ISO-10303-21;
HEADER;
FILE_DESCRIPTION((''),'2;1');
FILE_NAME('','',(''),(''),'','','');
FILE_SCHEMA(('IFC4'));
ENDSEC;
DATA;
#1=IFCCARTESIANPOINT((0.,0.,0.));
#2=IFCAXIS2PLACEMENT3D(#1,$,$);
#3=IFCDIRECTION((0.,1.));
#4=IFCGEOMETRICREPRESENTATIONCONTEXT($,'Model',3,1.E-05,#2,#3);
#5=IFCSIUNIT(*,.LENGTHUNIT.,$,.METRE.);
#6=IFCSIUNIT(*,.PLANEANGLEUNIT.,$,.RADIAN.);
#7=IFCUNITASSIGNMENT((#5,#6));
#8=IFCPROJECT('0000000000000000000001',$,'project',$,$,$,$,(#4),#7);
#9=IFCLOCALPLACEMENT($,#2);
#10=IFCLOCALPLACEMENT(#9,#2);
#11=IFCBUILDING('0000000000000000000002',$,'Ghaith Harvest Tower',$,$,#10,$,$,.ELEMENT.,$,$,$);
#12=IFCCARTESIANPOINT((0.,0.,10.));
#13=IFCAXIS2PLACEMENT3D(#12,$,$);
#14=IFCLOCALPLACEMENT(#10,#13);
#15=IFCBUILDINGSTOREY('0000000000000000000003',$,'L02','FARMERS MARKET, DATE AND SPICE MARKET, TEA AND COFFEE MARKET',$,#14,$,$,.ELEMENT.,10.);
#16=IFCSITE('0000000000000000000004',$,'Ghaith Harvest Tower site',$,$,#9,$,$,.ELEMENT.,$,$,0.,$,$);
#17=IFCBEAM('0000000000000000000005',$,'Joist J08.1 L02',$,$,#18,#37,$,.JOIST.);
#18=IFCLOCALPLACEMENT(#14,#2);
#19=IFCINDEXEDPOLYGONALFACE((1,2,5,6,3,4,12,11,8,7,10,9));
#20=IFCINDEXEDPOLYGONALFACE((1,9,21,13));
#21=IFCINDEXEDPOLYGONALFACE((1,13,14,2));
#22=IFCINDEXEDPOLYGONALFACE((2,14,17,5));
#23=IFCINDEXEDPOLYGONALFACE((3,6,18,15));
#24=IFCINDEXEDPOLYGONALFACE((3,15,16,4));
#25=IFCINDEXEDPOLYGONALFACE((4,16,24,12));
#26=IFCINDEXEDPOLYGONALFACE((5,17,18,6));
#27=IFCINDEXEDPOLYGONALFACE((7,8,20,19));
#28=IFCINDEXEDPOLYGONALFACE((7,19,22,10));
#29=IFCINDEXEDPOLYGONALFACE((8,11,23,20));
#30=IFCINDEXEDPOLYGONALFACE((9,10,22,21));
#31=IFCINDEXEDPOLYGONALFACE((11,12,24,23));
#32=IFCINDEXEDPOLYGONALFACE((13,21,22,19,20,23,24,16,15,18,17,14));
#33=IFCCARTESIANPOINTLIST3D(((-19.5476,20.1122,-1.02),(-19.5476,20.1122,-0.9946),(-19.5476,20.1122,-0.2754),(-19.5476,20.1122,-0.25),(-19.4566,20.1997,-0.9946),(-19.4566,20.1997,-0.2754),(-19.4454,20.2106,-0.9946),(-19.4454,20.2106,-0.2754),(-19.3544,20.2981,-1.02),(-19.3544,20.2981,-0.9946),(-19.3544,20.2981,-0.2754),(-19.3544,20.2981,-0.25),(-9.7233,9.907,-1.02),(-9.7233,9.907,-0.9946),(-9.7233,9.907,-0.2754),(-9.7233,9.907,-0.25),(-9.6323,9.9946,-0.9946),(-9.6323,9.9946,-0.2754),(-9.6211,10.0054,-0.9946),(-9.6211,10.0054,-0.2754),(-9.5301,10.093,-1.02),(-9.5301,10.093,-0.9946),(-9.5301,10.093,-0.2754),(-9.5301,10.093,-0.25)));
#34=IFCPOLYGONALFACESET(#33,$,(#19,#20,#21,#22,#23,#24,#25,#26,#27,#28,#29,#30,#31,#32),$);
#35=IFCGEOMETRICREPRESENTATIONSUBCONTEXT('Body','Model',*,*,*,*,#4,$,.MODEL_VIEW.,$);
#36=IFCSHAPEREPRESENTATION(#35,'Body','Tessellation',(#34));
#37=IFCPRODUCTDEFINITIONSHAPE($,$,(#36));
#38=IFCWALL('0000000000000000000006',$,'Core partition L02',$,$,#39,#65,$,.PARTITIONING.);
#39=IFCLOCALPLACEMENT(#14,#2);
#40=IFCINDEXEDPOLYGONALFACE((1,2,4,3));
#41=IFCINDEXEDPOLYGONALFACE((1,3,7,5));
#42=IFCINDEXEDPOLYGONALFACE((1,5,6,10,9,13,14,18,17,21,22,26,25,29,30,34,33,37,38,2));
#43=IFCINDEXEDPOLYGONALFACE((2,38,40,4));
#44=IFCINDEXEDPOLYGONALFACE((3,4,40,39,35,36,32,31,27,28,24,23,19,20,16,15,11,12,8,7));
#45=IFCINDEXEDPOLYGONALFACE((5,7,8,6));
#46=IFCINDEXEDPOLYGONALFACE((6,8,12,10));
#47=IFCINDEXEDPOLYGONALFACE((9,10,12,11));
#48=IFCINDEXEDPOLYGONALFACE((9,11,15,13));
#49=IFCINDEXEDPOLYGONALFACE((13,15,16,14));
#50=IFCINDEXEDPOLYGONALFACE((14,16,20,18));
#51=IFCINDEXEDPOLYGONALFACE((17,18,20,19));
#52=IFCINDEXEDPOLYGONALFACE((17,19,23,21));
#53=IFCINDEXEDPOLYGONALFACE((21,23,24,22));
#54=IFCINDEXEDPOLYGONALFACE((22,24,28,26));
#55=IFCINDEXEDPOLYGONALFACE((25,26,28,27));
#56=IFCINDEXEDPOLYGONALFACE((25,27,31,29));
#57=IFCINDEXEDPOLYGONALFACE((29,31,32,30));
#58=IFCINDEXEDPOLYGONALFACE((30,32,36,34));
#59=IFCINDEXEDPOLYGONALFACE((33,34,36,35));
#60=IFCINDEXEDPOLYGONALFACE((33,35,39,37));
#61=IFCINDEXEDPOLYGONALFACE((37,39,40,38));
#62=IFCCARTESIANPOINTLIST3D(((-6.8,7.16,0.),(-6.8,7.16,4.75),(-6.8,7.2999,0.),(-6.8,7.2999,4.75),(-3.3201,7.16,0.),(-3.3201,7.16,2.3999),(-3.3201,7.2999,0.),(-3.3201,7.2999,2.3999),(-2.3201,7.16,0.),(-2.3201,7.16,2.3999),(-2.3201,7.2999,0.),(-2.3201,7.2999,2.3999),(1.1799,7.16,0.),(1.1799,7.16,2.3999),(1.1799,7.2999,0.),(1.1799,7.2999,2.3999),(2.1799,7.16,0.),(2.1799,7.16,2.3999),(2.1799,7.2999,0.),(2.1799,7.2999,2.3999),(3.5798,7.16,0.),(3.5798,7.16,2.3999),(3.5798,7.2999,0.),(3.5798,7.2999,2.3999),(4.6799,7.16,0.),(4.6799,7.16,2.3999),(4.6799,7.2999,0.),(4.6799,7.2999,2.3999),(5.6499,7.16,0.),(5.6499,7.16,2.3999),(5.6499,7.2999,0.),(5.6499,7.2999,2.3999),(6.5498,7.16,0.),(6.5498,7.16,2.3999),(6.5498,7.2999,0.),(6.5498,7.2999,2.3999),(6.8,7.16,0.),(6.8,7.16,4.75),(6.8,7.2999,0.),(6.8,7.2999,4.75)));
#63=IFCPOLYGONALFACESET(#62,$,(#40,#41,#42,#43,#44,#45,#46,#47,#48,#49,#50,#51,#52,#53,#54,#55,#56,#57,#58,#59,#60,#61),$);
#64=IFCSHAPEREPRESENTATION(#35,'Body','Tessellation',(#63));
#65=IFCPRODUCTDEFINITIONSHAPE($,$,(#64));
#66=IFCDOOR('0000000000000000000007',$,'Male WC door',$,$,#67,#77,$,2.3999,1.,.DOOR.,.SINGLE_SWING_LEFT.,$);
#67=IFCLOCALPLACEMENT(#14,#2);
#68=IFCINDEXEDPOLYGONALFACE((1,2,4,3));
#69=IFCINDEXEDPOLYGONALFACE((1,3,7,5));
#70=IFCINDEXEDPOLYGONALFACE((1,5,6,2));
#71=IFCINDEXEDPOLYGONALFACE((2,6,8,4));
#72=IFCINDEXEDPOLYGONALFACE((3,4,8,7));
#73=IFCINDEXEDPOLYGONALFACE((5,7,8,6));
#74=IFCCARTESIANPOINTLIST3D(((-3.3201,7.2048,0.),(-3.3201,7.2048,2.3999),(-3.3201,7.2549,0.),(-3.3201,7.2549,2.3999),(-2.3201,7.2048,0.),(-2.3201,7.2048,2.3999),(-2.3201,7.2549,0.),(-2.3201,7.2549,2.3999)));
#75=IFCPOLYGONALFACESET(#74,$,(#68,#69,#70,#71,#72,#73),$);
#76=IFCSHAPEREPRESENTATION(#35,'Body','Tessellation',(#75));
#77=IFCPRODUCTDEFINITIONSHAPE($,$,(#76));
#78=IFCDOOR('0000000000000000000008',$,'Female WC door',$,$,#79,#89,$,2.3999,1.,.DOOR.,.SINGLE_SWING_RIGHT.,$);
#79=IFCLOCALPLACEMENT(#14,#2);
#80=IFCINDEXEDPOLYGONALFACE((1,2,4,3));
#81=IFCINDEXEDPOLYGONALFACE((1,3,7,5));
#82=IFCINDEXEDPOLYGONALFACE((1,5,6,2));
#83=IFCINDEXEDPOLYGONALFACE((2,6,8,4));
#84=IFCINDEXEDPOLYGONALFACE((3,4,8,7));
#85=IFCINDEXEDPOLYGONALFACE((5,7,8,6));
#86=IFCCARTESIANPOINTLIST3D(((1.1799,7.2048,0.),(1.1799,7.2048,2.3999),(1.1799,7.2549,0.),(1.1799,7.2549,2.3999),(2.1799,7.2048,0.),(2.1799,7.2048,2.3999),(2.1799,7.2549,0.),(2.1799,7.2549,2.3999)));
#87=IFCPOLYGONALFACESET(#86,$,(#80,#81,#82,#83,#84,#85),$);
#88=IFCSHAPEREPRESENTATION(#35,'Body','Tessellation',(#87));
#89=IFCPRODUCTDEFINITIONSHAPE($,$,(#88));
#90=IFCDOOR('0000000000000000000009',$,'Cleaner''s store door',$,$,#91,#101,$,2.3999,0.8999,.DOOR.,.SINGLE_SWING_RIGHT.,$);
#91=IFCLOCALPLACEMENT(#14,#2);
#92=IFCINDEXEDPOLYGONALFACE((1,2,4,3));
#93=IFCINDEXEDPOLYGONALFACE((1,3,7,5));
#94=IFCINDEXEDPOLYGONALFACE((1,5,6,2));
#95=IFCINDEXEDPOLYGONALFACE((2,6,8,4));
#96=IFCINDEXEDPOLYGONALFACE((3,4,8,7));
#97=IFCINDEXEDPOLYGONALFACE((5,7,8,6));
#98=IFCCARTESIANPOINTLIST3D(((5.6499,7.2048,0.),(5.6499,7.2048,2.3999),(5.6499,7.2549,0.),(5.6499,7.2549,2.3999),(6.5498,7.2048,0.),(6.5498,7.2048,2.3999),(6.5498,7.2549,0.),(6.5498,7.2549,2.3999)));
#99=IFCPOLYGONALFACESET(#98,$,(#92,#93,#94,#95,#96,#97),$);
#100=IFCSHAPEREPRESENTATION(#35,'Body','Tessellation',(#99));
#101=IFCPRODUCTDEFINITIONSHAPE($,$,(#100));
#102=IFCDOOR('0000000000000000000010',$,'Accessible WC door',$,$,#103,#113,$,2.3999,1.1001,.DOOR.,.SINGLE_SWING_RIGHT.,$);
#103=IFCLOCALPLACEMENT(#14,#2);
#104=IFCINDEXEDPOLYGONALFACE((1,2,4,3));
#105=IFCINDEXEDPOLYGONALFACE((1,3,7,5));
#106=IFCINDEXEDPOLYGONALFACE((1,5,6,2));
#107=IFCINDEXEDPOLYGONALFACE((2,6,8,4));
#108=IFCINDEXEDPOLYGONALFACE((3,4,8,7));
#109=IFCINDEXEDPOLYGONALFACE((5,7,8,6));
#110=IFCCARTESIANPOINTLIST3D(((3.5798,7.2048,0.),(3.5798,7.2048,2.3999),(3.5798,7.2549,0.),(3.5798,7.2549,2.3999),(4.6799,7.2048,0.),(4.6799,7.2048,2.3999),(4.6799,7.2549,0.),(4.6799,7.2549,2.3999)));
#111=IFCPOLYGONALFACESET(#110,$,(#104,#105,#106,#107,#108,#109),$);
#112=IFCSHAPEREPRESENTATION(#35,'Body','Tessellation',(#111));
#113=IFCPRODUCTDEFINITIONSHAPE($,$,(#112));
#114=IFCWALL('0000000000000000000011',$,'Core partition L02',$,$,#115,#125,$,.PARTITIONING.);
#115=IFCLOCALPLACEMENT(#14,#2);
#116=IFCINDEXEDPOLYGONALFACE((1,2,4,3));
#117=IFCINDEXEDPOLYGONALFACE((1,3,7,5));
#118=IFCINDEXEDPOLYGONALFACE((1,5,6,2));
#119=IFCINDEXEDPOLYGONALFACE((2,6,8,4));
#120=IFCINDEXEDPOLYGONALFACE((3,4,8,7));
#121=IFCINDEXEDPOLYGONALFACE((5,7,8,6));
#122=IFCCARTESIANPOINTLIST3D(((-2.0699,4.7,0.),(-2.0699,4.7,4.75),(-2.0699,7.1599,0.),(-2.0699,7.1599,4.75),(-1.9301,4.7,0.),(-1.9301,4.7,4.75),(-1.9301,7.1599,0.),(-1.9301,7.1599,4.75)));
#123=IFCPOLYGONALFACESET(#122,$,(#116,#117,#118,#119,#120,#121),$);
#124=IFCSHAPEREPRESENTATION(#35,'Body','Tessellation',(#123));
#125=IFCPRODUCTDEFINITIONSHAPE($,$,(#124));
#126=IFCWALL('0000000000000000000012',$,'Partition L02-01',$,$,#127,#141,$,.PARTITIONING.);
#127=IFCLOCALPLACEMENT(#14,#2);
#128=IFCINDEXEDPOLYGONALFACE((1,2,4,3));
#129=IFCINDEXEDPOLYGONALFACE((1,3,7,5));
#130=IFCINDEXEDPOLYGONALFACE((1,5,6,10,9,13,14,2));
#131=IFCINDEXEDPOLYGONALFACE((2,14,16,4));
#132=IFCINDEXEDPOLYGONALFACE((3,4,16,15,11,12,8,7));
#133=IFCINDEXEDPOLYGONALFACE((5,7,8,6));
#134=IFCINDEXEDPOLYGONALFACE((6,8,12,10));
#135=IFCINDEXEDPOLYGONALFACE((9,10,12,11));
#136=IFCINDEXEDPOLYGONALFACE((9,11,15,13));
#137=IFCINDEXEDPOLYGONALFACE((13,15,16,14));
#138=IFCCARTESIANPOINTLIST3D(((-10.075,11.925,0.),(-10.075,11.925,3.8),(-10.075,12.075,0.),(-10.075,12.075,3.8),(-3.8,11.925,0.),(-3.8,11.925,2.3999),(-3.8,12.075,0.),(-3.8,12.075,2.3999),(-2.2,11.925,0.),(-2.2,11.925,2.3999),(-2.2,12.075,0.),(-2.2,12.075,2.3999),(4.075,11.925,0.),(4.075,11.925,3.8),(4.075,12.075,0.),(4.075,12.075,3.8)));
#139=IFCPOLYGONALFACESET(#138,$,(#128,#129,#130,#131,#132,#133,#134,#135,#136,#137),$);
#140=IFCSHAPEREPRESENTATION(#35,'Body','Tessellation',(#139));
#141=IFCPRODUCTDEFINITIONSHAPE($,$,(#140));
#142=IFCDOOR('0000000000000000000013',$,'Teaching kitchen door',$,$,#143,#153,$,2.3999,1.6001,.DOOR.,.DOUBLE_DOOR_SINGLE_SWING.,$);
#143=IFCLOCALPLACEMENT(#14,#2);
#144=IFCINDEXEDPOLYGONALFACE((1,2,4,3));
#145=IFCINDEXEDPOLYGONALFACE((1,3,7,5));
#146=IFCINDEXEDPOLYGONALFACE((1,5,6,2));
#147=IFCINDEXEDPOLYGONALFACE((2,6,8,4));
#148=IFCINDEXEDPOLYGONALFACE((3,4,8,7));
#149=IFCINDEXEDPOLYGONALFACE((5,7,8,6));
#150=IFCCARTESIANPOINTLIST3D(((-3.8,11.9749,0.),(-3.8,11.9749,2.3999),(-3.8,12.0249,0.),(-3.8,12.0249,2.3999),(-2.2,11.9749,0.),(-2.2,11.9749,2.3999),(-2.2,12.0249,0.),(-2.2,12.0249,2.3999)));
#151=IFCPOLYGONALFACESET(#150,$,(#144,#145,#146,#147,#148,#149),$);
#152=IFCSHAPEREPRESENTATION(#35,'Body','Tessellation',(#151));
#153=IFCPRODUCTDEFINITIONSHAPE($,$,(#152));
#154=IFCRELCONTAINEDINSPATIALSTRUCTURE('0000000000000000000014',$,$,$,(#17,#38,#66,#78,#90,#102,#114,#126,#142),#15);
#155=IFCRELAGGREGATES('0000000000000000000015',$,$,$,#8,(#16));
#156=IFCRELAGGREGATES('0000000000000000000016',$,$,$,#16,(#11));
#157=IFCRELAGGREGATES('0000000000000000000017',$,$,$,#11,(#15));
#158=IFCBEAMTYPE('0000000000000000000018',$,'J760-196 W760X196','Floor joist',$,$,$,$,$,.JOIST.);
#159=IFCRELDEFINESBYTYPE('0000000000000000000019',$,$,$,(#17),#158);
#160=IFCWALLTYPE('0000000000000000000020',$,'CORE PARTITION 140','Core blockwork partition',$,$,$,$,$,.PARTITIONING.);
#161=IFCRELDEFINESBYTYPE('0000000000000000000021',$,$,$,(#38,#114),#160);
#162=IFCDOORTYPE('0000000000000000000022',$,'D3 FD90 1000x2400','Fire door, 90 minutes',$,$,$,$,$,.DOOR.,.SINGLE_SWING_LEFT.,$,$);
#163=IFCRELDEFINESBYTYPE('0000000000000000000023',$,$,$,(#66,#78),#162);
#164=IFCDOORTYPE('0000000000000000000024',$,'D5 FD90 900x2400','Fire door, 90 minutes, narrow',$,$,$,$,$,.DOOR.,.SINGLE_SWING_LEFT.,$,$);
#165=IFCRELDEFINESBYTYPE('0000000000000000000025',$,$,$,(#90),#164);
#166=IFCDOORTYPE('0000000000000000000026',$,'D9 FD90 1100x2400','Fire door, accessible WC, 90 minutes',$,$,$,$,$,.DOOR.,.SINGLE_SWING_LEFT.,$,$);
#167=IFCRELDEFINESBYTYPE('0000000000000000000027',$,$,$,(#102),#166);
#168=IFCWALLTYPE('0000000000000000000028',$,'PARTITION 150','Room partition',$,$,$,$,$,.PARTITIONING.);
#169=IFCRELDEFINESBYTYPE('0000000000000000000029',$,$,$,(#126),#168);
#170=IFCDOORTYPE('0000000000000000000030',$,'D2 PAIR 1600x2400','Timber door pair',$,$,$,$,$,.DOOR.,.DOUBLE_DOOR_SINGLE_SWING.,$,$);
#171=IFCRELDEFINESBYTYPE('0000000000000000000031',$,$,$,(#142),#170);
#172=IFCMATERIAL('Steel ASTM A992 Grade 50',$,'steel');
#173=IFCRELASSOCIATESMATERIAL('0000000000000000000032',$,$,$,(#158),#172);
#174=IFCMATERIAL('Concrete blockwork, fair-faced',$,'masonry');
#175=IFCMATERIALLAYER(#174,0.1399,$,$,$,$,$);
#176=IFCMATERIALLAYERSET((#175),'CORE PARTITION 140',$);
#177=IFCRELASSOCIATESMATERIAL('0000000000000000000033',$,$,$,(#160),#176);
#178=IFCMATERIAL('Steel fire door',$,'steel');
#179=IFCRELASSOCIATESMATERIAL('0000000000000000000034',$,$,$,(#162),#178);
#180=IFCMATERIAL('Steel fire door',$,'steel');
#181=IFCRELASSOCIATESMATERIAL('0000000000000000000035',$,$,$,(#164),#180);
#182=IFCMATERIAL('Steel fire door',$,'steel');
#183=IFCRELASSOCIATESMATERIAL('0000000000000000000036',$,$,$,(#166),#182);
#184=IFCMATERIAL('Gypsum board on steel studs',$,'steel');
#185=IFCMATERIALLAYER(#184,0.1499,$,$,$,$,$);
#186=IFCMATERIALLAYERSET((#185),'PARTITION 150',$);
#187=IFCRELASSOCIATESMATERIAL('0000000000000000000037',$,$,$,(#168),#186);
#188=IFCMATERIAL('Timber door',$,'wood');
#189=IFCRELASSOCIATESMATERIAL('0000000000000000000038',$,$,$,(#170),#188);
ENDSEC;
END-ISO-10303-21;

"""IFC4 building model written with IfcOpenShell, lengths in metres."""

from ifc_helpers import new_model, si_unit, direction, frame, frame_2d, origin, origin_2d, place, context, subcontext, project, spatial, rectangle, i_section, extrude, material, layer, layer_set, material_profile, profile_set, type_object, element, fill, save


model = new_model("IFC4")

# Units and contexts
model_context = context("Model", 3, precision=1e-05, world=origin(), true_north=direction((0.0, 1.0)))
body_context = subcontext(model_context, "Body", "Model", "MODEL_VIEW")
ifc_project = project(units=[si_unit("LENGTHUNIT", "METRE"), si_unit("PLANEANGLEUNIT", "RADIAN")], contexts=[model_context])

# Site, building, storey
site_placement = place(None, origin())
site = spatial("IfcSite", under=ifc_project, at=site_placement, Name="Ghaith Harvest Tower site", CompositionType="ELEMENT", RefElevation=0.0)
building_placement = place(site_placement, origin())
building = spatial("IfcBuilding", under=site, at=building_placement, Name="Ghaith Harvest Tower", CompositionType="ELEMENT")
storey_placement = place(building_placement, frame((0.0, 0.0, 10.0)))
storey = spatial("IfcBuildingStorey", under=building, at=storey_placement, Name="L02", Description="FARMERS MARKET, DATE AND SPICE MARKET, TEA AND COFFEE MARKET", CompositionType="ELEMENT", Elevation=10.0)

# Beam
ifc_material_1 = material(Name="Steel ASTM A992 Grade 50", Category="steel")
ifc_material_profile_1 = material_profile(ifc_material_1, i_section(OverallWidth=0.2681, OverallDepth=0.77, WebThickness=0.0156, FlangeThickness=0.0254, at=origin_2d()), Name="W760X196")
ifc_profile_set_1 = profile_set([ifc_material_profile_1], Name="Steel ASTM A992 Grade 50")
beam_type_1 = type_object("IfcBeamType", Name="J760-196 W760X196", Description="Floor joist", PredefinedType="JOIST", material=ifc_profile_set_1)
beam_1_placement = place(storey_placement, frame((-9.6267, 10.0, -0.635), z_axis=(-0.693536, 0.720422, 0.0), x_axis=(-0.720422, -0.693536, 0.0)))
element("IfcBeam", 1, at=beam_1_placement, inside=storey, type_object=beam_type_1, Name="Joist J08.1 L02", PredefinedType="JOIST", context=body_context, shape_type="SweptSolid", body=[
    extrude(i_section(OverallWidth=0.2681, OverallDepth=0.77, WebThickness=0.0156, FlangeThickness=0.0254, at=origin_2d()), origin(), (0.0, 0.0, 1.0), 14.1655),
])

# Wall, openings, doors
ifc_material_2 = material(Name="Concrete blockwork, fair-faced", Category="masonry")
ifc_layer_1 = layer(ifc_material_2, 0.1399)
ifc_layer_set_1 = layer_set([ifc_layer_1], Name="CORE PARTITION 140")
wall_type_1 = type_object("IfcWallType", Name="CORE PARTITION 140", Description="Core blockwork partition", PredefinedType="PARTITIONING", material=ifc_layer_set_1)
wall_1_placement = place(storey_placement, frame((-6.8, 7.23, 0.0), z_axis=(0.0, 0.0, 1.0), x_axis=(1.0, 0.0, 0.0)))
wall_1 = element("IfcWall", 2, at=wall_1_placement, inside=storey, type_object=wall_type_1, Name="Core partition L02", PredefinedType="PARTITIONING", context=body_context, shape_type="SweptSolid", body=[
    extrude(rectangle(XDim=13.6001, YDim=0.1399, at=frame_2d((6.8, 0.0))), origin(), (0.0, 0.0, 1.0), 4.75),
])
opening_1_placement = place(wall_1_placement, frame((3.48, 0.0, 0.0)))
opening_1 = element("IfcOpeningElement", 3, at=opening_1_placement, cuts=wall_1, PredefinedType="OPENING", context=body_context, shape_type="SweptSolid", body=[
    extrude(rectangle(XDim=1.0, YDim=2.3999, at=frame_2d((0.5, 1.2))), frame((0.0, 0.0801, 0.0), z_axis=(0.0, -1.0, 0.0), x_axis=(1.0, 0.0, 0.0)), (0.0, 0.0, 1.0), 0.1599),
])
opening_2_placement = place(wall_1_placement, frame((7.98, 0.0, 0.0)))
opening_2 = element("IfcOpeningElement", 4, at=opening_2_placement, cuts=wall_1, PredefinedType="OPENING", context=body_context, shape_type="SweptSolid", body=[
    extrude(rectangle(XDim=1.0, YDim=2.3999, at=frame_2d((0.5, 1.2))), frame((0.0, 0.0801, 0.0), z_axis=(0.0, -1.0, 0.0), x_axis=(1.0, 0.0, 0.0)), (0.0, 0.0, 1.0), 0.1599),
])
opening_3_placement = place(wall_1_placement, frame((10.3799, 0.0, 0.0)))
opening_3 = element("IfcOpeningElement", 5, at=opening_3_placement, cuts=wall_1, PredefinedType="OPENING", context=body_context, shape_type="SweptSolid", body=[
    extrude(rectangle(XDim=1.1001, YDim=2.3999, at=frame_2d((0.55, 1.2))), frame((0.0, 0.0801, 0.0), z_axis=(0.0, -1.0, 0.0), x_axis=(1.0, 0.0, 0.0)), (0.0, 0.0, 1.0), 0.1599),
])
opening_4_placement = place(wall_1_placement, frame((12.45, 0.0, 0.0)))
opening_4 = element("IfcOpeningElement", 6, at=opening_4_placement, cuts=wall_1, PredefinedType="OPENING", context=body_context, shape_type="SweptSolid", body=[
    extrude(rectangle(XDim=0.8999, YDim=2.3999, at=frame_2d((0.45, 1.2))), frame((0.0, 0.0801, 0.0), z_axis=(0.0, -1.0, 0.0), x_axis=(1.0, 0.0, 0.0)), (0.0, 0.0, 1.0), 0.1599),
])
ifc_material_3 = material(Name="Steel fire door", Category="steel")
door_type_1 = type_object("IfcDoorType", Name="D3 FD90 1000x2400", Description="Fire door, 90 minutes", OperationType="SINGLE_SWING_LEFT", PredefinedType="DOOR", material=ifc_material_3)
door_1_placement = place(opening_1_placement, origin())
door_1 = element("IfcDoor", 7, at=door_1_placement, inside=storey, type_object=door_type_1, Name="Male WC door", OperationType="SINGLE_SWING_LEFT", OverallHeight=2.3999, OverallWidth=1.0, PredefinedType="DOOR", context=body_context, shape_type="SweptSolid", body=[
    extrude(rectangle(XDim=1.0, YDim=2.3999, at=frame_2d((0.5, 1.2))), frame((0.0, 0.0249, 0.0), z_axis=(0.0, -1.0, 0.0), x_axis=(1.0, 0.0, 0.0)), (0.0, 0.0, 1.0), 0.05),
])
fill(opening_1, door_1)
door_2_placement = place(opening_2_placement, origin())
door_2 = element("IfcDoor", 8, at=door_2_placement, inside=storey, type_object=door_type_1, Name="Female WC door", OperationType="SINGLE_SWING_RIGHT", OverallHeight=2.3999, OverallWidth=1.0, PredefinedType="DOOR", context=body_context, shape_type="SweptSolid", body=[
    extrude(rectangle(XDim=1.0, YDim=2.3999, at=frame_2d((0.5, 1.2))), frame((0.0, 0.0249, 0.0), z_axis=(0.0, -1.0, 0.0), x_axis=(1.0, 0.0, 0.0)), (0.0, 0.0, 1.0), 0.05),
])
fill(opening_2, door_2)
ifc_material_4 = material(Name="Steel fire door", Category="steel")
door_type_2 = type_object("IfcDoorType", Name="D5 FD90 900x2400", Description="Fire door, 90 minutes, narrow", OperationType="SINGLE_SWING_LEFT", PredefinedType="DOOR", material=ifc_material_4)
door_3_placement = place(opening_4_placement, origin())
door_3 = element("IfcDoor", 9, at=door_3_placement, inside=storey, type_object=door_type_2, Name="Cleaner's store door", OperationType="SINGLE_SWING_RIGHT", OverallHeight=2.3999, OverallWidth=0.8999, PredefinedType="DOOR", context=body_context, shape_type="SweptSolid", body=[
    extrude(rectangle(XDim=0.8999, YDim=2.3999, at=frame_2d((0.45, 1.2))), frame((0.0, 0.0249, 0.0), z_axis=(0.0, -1.0, 0.0), x_axis=(1.0, 0.0, 0.0)), (0.0, 0.0, 1.0), 0.05),
])
fill(opening_4, door_3)
ifc_material_5 = material(Name="Steel fire door", Category="steel")
door_type_3 = type_object("IfcDoorType", Name="D9 FD90 1100x2400", Description="Fire door, accessible WC, 90 minutes", OperationType="SINGLE_SWING_LEFT", PredefinedType="DOOR", material=ifc_material_5)
door_4_placement = place(opening_3_placement, origin())
door_4 = element("IfcDoor", 10, at=door_4_placement, inside=storey, type_object=door_type_3, Name="Accessible WC door", OperationType="SINGLE_SWING_RIGHT", OverallHeight=2.3999, OverallWidth=1.1001, PredefinedType="DOOR", context=body_context, shape_type="SweptSolid", body=[
    extrude(rectangle(XDim=1.1001, YDim=2.3999, at=frame_2d((0.55, 1.2))), frame((0.0, 0.0249, 0.0), z_axis=(0.0, -1.0, 0.0), x_axis=(1.0, 0.0, 0.0)), (0.0, 0.0, 1.0), 0.05),
])
fill(opening_3, door_4)

# Wall
wall_2_placement = place(storey_placement, frame((-2.0, 4.7, 0.0), z_axis=(0.0, 0.0, 1.0), x_axis=(0.0, 1.0, 0.0)))
element("IfcWall", 11, at=wall_2_placement, inside=storey, type_object=wall_type_1, Name="Core partition L02", PredefinedType="PARTITIONING", context=body_context, shape_type="SweptSolid", body=[
    extrude(rectangle(XDim=2.46, YDim=0.1399, at=frame_2d((1.23, 0.0))), origin(), (0.0, 0.0, 1.0), 4.75),
])

# Wall, opening, door
ifc_material_6 = material(Name="Gypsum board on steel studs", Category="steel")
ifc_layer_2 = layer(ifc_material_6, 0.1499)
ifc_layer_set_2 = layer_set([ifc_layer_2], Name="PARTITION 150")
wall_type_2 = type_object("IfcWallType", Name="PARTITION 150", Description="Room partition", PredefinedType="PARTITIONING", material=ifc_layer_set_2)
wall_3_placement = place(storey_placement, frame((-10.075, 12.0, 0.0), z_axis=(0.0, 0.0, 1.0), x_axis=(1.0, 0.0, 0.0)))
wall_3 = element("IfcWall", 12, at=wall_3_placement, inside=storey, type_object=wall_type_2, Name="Partition L02-01", PredefinedType="PARTITIONING", context=body_context, shape_type="SweptSolid", body=[
    extrude(rectangle(XDim=14.1499, YDim=0.1499, at=frame_2d((7.075, 0.0))), origin(), (0.0, 0.0, 1.0), 3.8),
])
opening_5_placement = place(wall_3_placement, frame((6.2749, 0.0, 0.0)))
opening_5 = element("IfcOpeningElement", 13, at=opening_5_placement, cuts=wall_3, PredefinedType="OPENING", context=body_context, shape_type="SweptSolid", body=[
    extrude(rectangle(XDim=1.6001, YDim=2.3999, at=frame_2d((0.8, 1.2))), frame((0.0, 0.085, 0.0), z_axis=(0.0, -1.0, 0.0), x_axis=(1.0, 0.0, 0.0)), (0.0, 0.0, 1.0), 0.1699),
])
ifc_material_7 = material(Name="Timber door", Category="wood")
door_type_4 = type_object("IfcDoorType", Name="D2 PAIR 1600x2400", Description="Timber door pair", OperationType="DOUBLE_DOOR_SINGLE_SWING", PredefinedType="DOOR", material=ifc_material_7)
door_5_placement = place(opening_5_placement, origin())
door_5 = element("IfcDoor", 14, at=door_5_placement, inside=storey, type_object=door_type_4, Name="Teaching kitchen door", OperationType="DOUBLE_DOOR_SINGLE_SWING", OverallHeight=2.3999, OverallWidth=1.6001, PredefinedType="DOOR", context=body_context, shape_type="SweptSolid", body=[
    extrude(rectangle(XDim=1.6001, YDim=2.3999, at=frame_2d((0.8, 1.2))), frame((0.0, 0.0249, 0.0), z_axis=(0.0, -1.0, 0.0), x_axis=(1.0, 0.0, 0.0)), (0.0, 0.0, 1.0), 0.05),
])
fill(opening_5, door_5)

save(model, "model.ifc")
